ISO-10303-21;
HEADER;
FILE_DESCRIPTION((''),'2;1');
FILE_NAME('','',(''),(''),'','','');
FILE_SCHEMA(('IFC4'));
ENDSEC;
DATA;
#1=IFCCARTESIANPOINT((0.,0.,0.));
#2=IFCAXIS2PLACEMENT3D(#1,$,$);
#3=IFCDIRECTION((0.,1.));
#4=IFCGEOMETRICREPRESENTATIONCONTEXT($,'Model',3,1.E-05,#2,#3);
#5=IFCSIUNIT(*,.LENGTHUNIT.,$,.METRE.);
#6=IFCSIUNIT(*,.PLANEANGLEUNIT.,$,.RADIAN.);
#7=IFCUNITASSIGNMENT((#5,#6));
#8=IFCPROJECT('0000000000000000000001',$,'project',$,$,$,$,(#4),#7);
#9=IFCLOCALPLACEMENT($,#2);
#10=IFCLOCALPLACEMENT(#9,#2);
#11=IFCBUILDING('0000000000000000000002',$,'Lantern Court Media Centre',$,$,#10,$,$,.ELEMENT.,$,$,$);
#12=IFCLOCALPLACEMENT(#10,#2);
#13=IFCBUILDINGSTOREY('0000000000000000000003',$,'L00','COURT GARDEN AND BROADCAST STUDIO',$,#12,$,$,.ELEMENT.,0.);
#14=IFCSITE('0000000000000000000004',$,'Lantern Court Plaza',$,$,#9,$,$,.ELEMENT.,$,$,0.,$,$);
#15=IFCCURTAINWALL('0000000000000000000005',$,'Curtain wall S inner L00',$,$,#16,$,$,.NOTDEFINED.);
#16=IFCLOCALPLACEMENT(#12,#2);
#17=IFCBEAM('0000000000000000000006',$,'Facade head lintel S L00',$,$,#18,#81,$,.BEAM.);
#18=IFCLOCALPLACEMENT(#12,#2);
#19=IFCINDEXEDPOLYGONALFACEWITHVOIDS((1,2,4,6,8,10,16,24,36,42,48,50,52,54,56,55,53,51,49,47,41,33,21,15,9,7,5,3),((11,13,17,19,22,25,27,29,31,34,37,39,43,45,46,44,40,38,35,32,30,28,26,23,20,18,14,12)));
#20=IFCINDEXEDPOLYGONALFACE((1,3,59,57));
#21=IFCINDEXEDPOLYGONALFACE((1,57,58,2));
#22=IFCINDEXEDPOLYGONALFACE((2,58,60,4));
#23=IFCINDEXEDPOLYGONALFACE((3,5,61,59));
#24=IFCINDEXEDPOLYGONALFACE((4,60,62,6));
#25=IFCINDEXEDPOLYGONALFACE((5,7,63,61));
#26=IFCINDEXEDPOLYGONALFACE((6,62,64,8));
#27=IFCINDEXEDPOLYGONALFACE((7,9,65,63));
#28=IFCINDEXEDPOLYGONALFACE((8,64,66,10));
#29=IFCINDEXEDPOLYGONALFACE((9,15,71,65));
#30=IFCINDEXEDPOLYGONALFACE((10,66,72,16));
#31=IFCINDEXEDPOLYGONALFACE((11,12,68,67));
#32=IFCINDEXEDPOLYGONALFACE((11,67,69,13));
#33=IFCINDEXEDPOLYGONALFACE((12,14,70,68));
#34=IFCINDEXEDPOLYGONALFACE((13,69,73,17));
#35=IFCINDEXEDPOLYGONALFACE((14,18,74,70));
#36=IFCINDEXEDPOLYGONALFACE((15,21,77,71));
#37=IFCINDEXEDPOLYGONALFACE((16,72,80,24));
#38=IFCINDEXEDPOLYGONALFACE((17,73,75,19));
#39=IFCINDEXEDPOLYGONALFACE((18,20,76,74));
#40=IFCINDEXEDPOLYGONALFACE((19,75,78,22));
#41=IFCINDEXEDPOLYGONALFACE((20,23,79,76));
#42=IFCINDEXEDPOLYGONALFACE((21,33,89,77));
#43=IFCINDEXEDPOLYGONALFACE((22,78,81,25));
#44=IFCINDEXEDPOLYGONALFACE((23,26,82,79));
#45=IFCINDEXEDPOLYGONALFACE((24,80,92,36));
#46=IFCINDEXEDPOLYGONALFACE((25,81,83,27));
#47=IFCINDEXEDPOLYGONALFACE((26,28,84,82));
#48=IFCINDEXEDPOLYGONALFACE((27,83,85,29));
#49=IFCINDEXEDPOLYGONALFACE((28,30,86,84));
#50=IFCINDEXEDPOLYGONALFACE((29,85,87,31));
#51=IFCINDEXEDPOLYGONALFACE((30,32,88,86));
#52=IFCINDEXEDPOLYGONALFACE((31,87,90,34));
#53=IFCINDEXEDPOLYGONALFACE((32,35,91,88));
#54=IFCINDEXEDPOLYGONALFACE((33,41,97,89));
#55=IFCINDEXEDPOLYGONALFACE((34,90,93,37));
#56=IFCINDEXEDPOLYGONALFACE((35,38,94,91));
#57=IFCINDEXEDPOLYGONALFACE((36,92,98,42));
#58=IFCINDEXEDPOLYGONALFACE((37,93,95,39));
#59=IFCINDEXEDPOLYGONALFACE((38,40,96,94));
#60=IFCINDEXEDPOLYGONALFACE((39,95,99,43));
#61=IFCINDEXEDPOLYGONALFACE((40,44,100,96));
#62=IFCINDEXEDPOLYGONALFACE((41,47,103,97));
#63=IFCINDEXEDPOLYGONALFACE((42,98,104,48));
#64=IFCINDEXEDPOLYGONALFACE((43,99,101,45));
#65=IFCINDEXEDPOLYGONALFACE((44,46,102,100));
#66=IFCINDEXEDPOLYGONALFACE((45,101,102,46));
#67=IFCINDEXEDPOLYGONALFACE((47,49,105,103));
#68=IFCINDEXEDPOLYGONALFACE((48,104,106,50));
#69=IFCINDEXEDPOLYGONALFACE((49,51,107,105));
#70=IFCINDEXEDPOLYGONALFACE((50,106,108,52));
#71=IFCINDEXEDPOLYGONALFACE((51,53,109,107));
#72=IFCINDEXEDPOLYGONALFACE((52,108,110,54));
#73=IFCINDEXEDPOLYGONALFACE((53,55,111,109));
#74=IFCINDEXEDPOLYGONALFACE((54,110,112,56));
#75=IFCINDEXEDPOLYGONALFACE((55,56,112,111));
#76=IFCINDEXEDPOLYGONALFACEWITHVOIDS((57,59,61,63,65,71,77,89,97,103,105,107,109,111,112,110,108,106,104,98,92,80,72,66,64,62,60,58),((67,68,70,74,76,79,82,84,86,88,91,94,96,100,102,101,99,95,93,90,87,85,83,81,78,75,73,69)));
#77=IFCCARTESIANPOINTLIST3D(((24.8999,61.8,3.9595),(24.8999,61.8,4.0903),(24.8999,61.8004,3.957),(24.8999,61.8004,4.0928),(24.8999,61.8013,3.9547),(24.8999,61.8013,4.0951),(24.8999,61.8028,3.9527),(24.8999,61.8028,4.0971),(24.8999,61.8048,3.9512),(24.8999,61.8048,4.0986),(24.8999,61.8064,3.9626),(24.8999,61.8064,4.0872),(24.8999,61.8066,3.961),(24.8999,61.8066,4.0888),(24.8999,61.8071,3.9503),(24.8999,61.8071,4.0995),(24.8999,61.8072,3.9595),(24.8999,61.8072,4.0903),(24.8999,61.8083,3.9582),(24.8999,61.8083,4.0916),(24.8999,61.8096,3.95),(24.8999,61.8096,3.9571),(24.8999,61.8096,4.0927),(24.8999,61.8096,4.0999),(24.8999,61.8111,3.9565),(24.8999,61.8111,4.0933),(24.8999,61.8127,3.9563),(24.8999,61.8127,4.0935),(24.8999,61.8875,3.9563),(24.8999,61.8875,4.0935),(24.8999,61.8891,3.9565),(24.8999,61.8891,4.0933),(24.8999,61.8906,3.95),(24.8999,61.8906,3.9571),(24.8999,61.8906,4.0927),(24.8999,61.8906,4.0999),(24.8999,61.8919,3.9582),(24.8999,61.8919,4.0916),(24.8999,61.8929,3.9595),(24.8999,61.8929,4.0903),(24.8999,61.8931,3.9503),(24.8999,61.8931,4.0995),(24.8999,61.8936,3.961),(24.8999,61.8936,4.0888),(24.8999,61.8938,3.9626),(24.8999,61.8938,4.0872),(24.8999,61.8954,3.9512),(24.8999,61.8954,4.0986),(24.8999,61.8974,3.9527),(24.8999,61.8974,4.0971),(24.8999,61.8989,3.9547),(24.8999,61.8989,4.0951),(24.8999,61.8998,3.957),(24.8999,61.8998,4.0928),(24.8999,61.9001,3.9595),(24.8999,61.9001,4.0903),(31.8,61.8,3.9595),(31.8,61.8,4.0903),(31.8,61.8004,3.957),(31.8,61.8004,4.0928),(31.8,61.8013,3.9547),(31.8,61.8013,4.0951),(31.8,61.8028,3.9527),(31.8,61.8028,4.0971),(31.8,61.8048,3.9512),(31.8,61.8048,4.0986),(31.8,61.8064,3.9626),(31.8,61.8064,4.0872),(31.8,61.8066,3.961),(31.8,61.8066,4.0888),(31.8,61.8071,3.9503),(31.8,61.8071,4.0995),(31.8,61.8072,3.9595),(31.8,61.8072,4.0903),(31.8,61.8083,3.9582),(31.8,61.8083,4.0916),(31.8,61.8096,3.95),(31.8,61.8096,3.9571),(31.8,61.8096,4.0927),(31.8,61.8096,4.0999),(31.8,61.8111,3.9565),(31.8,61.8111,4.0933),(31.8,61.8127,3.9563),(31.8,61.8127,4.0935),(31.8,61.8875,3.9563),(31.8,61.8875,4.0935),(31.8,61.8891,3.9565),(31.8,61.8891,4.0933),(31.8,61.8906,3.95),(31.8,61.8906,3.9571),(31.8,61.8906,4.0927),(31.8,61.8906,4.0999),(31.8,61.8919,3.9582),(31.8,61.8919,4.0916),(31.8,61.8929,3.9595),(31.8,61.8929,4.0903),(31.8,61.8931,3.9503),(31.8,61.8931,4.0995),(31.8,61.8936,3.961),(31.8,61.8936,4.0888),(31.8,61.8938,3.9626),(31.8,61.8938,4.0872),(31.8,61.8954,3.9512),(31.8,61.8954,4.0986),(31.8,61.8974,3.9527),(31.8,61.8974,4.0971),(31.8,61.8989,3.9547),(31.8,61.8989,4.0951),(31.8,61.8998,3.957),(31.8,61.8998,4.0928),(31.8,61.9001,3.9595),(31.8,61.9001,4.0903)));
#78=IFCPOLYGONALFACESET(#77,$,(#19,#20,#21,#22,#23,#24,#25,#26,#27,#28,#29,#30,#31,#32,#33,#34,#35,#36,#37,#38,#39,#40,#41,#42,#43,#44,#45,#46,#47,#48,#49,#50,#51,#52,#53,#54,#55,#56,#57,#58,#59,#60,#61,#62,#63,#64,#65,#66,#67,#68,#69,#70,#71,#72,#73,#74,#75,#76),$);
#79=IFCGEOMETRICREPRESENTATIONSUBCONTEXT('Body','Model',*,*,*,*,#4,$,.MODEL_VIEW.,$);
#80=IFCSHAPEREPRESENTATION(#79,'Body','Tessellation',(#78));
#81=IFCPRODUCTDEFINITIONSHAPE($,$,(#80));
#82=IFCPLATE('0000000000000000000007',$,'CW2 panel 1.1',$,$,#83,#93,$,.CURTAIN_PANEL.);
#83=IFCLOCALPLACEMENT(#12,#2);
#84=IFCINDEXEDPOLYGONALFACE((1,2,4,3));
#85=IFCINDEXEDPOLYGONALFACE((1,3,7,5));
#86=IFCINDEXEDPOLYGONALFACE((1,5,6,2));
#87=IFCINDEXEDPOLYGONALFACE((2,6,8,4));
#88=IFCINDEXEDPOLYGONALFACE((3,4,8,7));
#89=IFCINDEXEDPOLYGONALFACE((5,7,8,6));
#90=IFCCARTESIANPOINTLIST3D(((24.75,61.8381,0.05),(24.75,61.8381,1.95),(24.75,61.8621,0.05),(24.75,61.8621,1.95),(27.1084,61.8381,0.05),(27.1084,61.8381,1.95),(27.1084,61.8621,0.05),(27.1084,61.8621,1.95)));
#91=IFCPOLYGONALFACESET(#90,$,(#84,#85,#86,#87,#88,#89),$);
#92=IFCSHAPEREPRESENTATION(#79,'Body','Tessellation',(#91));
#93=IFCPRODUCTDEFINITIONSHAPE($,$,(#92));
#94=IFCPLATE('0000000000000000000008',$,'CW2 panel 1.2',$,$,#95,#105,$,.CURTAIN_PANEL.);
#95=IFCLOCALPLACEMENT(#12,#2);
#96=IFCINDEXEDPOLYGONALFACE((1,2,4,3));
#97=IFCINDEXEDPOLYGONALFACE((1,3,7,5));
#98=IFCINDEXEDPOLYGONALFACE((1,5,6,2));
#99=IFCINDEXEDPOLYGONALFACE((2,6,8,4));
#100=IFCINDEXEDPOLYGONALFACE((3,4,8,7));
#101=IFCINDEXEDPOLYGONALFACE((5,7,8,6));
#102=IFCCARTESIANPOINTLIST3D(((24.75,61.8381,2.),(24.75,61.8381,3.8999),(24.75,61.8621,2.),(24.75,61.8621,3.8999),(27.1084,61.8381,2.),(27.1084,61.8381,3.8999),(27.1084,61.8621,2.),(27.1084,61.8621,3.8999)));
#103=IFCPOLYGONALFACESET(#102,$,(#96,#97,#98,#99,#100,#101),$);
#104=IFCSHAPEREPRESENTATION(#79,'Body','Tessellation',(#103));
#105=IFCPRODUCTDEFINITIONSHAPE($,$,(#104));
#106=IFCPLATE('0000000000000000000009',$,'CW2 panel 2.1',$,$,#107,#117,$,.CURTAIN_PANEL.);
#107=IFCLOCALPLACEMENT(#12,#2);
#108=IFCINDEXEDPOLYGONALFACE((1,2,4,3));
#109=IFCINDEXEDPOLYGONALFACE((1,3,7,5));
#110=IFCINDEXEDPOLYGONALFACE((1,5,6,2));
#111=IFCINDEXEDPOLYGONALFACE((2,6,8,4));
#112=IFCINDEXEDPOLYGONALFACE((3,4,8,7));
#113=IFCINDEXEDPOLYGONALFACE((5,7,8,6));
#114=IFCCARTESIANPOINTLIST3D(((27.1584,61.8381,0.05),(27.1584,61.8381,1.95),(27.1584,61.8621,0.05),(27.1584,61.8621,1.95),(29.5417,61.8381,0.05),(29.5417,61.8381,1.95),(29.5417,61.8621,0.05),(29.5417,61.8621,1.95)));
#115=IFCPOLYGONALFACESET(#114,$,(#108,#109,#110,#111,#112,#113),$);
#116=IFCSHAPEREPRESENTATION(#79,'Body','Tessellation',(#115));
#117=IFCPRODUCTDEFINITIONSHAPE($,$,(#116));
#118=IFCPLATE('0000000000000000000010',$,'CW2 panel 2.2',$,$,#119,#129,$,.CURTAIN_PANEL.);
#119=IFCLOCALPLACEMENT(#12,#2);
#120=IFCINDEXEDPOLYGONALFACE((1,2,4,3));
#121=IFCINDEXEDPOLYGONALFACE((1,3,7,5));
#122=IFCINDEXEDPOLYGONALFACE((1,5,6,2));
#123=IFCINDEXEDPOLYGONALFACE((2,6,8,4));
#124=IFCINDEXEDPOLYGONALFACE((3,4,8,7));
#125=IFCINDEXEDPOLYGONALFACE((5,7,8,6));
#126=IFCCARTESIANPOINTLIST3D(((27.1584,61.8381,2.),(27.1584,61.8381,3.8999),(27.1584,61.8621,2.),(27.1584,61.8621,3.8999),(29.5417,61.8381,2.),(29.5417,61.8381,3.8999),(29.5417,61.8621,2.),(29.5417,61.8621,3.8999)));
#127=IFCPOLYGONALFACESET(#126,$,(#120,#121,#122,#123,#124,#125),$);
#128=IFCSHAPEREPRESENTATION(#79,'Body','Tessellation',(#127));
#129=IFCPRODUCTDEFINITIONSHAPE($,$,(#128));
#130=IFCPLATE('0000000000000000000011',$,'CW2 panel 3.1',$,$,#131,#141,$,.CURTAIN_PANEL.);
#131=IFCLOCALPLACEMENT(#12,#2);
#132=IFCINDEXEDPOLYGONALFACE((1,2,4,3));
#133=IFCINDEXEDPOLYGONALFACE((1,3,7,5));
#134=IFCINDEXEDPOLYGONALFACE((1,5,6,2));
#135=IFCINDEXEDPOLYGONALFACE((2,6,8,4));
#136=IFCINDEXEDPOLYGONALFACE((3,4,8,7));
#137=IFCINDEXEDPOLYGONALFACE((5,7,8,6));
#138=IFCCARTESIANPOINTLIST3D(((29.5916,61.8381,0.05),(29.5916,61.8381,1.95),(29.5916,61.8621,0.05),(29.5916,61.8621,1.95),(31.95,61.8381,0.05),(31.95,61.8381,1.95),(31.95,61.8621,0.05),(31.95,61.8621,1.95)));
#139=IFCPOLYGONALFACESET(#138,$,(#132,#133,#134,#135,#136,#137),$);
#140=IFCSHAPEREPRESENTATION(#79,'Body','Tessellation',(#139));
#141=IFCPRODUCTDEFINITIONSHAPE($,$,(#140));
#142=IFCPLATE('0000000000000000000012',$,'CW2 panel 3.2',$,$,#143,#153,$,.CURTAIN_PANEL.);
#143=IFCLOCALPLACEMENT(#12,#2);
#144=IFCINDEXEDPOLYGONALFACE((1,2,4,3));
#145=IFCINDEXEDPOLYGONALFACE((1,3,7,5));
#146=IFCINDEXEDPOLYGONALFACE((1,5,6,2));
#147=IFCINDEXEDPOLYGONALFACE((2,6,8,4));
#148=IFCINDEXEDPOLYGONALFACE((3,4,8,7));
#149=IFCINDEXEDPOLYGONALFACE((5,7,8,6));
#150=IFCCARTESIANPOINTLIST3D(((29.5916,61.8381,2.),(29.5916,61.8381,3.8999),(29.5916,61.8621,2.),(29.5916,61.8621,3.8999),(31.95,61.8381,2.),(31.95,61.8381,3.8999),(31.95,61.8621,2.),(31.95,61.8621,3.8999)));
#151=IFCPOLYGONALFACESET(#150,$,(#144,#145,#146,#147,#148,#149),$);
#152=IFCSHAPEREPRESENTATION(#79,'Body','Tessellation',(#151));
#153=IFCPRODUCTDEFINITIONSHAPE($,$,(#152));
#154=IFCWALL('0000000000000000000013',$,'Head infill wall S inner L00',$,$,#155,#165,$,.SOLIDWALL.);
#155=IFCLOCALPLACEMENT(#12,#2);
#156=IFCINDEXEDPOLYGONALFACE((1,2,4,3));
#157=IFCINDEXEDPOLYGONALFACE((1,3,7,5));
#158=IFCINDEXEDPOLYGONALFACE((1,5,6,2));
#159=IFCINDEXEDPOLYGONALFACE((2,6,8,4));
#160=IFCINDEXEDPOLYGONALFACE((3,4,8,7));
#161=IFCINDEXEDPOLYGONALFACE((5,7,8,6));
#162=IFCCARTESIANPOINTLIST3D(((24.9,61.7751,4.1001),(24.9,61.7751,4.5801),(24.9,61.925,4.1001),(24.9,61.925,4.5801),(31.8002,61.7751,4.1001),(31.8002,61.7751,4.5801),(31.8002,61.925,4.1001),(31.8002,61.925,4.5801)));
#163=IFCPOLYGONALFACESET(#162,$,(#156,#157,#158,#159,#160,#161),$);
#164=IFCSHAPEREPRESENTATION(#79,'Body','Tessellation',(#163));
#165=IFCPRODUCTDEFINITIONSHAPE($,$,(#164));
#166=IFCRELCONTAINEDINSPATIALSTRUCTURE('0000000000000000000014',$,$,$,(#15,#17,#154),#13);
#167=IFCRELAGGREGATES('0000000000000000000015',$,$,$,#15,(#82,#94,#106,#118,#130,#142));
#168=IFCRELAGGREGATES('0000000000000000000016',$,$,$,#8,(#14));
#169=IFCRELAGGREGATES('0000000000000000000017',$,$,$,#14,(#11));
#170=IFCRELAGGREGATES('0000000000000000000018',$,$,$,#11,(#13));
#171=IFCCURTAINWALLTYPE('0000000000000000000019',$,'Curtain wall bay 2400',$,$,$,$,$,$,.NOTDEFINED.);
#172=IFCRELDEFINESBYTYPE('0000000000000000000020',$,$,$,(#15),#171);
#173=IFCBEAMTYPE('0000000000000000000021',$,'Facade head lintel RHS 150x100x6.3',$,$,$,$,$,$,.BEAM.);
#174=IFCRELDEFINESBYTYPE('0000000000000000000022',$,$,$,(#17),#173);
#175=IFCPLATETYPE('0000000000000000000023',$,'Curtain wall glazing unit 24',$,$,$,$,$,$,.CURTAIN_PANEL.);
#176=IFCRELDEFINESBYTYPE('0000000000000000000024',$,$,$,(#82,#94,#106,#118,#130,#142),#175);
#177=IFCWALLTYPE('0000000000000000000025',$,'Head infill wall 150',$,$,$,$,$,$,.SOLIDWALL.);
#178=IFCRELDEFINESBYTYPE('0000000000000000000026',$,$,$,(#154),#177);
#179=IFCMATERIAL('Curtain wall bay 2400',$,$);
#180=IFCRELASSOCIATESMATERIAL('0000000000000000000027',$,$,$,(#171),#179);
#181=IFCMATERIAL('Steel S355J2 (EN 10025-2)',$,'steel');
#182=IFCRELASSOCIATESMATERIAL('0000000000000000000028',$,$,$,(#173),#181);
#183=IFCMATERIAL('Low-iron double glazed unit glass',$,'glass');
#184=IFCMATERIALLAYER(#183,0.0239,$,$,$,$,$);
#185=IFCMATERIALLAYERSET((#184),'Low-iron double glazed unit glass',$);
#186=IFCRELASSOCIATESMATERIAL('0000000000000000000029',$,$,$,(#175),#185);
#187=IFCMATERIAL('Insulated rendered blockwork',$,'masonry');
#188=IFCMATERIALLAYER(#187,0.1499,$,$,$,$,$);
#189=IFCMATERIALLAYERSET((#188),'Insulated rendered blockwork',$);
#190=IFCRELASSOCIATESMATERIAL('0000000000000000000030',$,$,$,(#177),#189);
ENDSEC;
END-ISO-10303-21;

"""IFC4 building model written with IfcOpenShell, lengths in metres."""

from ifc_helpers import new_model, si_unit, direction, frame, frame_2d, origin, origin_2d, place, context, subcontext, project, spatial, rectangle, hollow_rectangle, extrude, material, layer, layer_set, material_profile, profile_set, type_object, element, aggregate, save


model = new_model("IFC4")

# Units and contexts
model_context = context("Model", 3, precision=1e-05, world=origin(), true_north=direction((0.0, 1.0)))
body_context = subcontext(model_context, "Body", "Model", "MODEL_VIEW")
ifc_project = project(units=[si_unit("LENGTHUNIT", "METRE"), si_unit("PLANEANGLEUNIT", "RADIAN")], contexts=[model_context])

# Site, building, storey
site_placement = place(None, origin())
site = spatial("IfcSite", under=ifc_project, at=site_placement, Name="Lantern Court Plaza", CompositionType="ELEMENT", RefElevation=0.0)
building_placement = place(site_placement, origin())
building = spatial("IfcBuilding", under=site, at=building_placement, Name="Lantern Court Media Centre", CompositionType="ELEMENT")
storey_placement = place(building_placement, origin())
storey = spatial("IfcBuildingStorey", under=building, at=storey_placement, Name="L00", Description="COURT GARDEN AND BROADCAST STUDIO", CompositionType="ELEMENT", Elevation=0.0)

# Curtain wall
ifc_material_1 = material(Name="Curtain wall bay 2400")
curtain_wall_type = type_object("IfcCurtainWallType", Name="Curtain wall bay 2400", PredefinedType="NOTDEFINED", material=ifc_material_1)
curtain_wall_placement = place(storey_placement, origin())
curtain_wall = element("IfcCurtainWall", 1, at=curtain_wall_placement, inside=storey, type_object=curtain_wall_type, Name="Curtain wall S inner L00", PredefinedType="NOTDEFINED")

# Beam
ifc_material_2 = material(Name="Steel S355J2 (EN 10025-2)", Category="steel")
ifc_material_profile_1 = material_profile(ifc_material_2, hollow_rectangle(XDim=0.1001, YDim=0.1499, WallThickness=0.0063, InnerFilletRadius=0.0063, OuterFilletRadius=0.0095, at=origin_2d()), Name="Facade head lintel RHS 150x100x6.3")
ifc_profile_set_1 = profile_set([ifc_material_profile_1], Name="Steel S355J2 (EN 10025-2)")
beam_type = type_object("IfcBeamType", Name="Facade head lintel RHS 150x100x6.3", PredefinedType="BEAM", material=ifc_profile_set_1)
beam_placement = place(storey_placement, frame((24.8999, 61.8501, 4.0249), z_axis=(1.0, 0.0, 0.0), x_axis=(0.0, 1.0, 0.0)))
element("IfcBeam", 2, at=beam_placement, inside=storey, type_object=beam_type, Name="Facade head lintel S L00", PredefinedType="BEAM", context=body_context, shape_type="SweptSolid", body=[
    extrude(hollow_rectangle(XDim=0.1001, YDim=0.1499, WallThickness=0.0063, InnerFilletRadius=0.0063, OuterFilletRadius=0.0095, at=origin_2d()), origin(), (0.0, 0.0, 1.0), 6.9001),
])

# Plates
ifc_material_3 = material(Name="Low-iron double glazed unit glass", Category="glass")
ifc_layer_1 = layer(ifc_material_3, 0.0239)
ifc_layer_set_1 = layer_set([ifc_layer_1], Name="Low-iron double glazed unit glass")
plate_type = type_object("IfcPlateType", Name="Curtain wall glazing unit 24", PredefinedType="CURTAIN_PANEL", material=ifc_layer_set_1)
plate_1_placement = place(storey_placement, frame((25.9292, 61.8501, 0.05), z_axis=(0.0, 0.0, 1.0), x_axis=(1.0, 0.0, 0.0)))
plate_1 = element("IfcPlate", 3, at=plate_1_placement, type_object=plate_type, Name="CW2 panel 1.1", PredefinedType="CURTAIN_PANEL", context=body_context, shape_type="SweptSolid", body=[
    extrude(rectangle(XDim=2.3584, YDim=0.0239, at=origin_2d()), origin(), (0.0, 0.0, 1.0), 1.8999),
])
plate_2_placement = place(storey_placement, frame((25.9292, 61.8501, 2.0), z_axis=(0.0, 0.0, 1.0), x_axis=(1.0, 0.0, 0.0)))
plate_2 = element("IfcPlate", 4, at=plate_2_placement, type_object=plate_type, Name="CW2 panel 1.2", PredefinedType="CURTAIN_PANEL", context=body_context, shape_type="SweptSolid", body=[
    extrude(rectangle(XDim=2.3584, YDim=0.0239, at=origin_2d()), origin(), (0.0, 0.0, 1.0), 1.8999),
])
plate_3_placement = place(storey_placement, frame((28.3501, 61.8501, 0.05), z_axis=(0.0, 0.0, 1.0), x_axis=(1.0, 0.0, 0.0)))
plate_3 = element("IfcPlate", 5, at=plate_3_placement, type_object=plate_type, Name="CW2 panel 2.1", PredefinedType="CURTAIN_PANEL", context=body_context, shape_type="SweptSolid", body=[
    extrude(rectangle(XDim=2.3833, YDim=0.0239, at=origin_2d()), origin(), (0.0, 0.0, 1.0), 1.8999),
])
plate_4_placement = place(storey_placement, frame((28.3501, 61.8501, 2.0), z_axis=(0.0, 0.0, 1.0), x_axis=(1.0, 0.0, 0.0)))
plate_4 = element("IfcPlate", 6, at=plate_4_placement, type_object=plate_type, Name="CW2 panel 2.2", PredefinedType="CURTAIN_PANEL", context=body_context, shape_type="SweptSolid", body=[
    extrude(rectangle(XDim=2.3833, YDim=0.0239, at=origin_2d()), origin(), (0.0, 0.0, 1.0), 1.8999),
])
plate_5_placement = place(storey_placement, frame((30.7708, 61.8501, 0.05), z_axis=(0.0, 0.0, 1.0), x_axis=(1.0, 0.0, 0.0)))
plate_5 = element("IfcPlate", 7, at=plate_5_placement, type_object=plate_type, Name="CW2 panel 3.1", PredefinedType="CURTAIN_PANEL", context=body_context, shape_type="SweptSolid", body=[
    extrude(rectangle(XDim=2.3584, YDim=0.0239, at=origin_2d()), origin(), (0.0, 0.0, 1.0), 1.8999),
])
plate_6_placement = place(storey_placement, frame((30.7708, 61.8501, 2.0), z_axis=(0.0, 0.0, 1.0), x_axis=(1.0, 0.0, 0.0)))
plate_6 = element("IfcPlate", 8, at=plate_6_placement, type_object=plate_type, Name="CW2 panel 3.2", PredefinedType="CURTAIN_PANEL", context=body_context, shape_type="SweptSolid", body=[
    extrude(rectangle(XDim=2.3584, YDim=0.0239, at=origin_2d()), origin(), (0.0, 0.0, 1.0), 1.8999),
])
aggregate(curtain_wall, [plate_1, plate_2, plate_3, plate_4, plate_5, plate_6])

# Wall
ifc_material_4 = material(Name="Insulated rendered blockwork", Category="masonry")
ifc_layer_2 = layer(ifc_material_4, 0.1499)
ifc_layer_set_2 = layer_set([ifc_layer_2], Name="Insulated rendered blockwork")
wall_type_1 = type_object("IfcWallType", Name="Head infill wall 150", PredefinedType="SOLIDWALL", material=ifc_layer_set_2)
wall_1_placement = place(storey_placement, frame((24.8999, 61.8501, 4.1001), z_axis=(0.0, 0.0, 1.0), x_axis=(1.0, 0.0, 0.0)))
element("IfcWall", 9, at=wall_1_placement, inside=storey, type_object=wall_type_1, Name="Head infill wall S inner L00", PredefinedType="SOLIDWALL", context=body_context, shape_type="SweptSolid", body=[
    extrude(rectangle(XDim=6.9001, YDim=0.1499, at=frame_2d((3.4502, 0.0))), origin(), (0.0, 0.0, 1.0), 0.48),
])

save(model, "model.ifc")
